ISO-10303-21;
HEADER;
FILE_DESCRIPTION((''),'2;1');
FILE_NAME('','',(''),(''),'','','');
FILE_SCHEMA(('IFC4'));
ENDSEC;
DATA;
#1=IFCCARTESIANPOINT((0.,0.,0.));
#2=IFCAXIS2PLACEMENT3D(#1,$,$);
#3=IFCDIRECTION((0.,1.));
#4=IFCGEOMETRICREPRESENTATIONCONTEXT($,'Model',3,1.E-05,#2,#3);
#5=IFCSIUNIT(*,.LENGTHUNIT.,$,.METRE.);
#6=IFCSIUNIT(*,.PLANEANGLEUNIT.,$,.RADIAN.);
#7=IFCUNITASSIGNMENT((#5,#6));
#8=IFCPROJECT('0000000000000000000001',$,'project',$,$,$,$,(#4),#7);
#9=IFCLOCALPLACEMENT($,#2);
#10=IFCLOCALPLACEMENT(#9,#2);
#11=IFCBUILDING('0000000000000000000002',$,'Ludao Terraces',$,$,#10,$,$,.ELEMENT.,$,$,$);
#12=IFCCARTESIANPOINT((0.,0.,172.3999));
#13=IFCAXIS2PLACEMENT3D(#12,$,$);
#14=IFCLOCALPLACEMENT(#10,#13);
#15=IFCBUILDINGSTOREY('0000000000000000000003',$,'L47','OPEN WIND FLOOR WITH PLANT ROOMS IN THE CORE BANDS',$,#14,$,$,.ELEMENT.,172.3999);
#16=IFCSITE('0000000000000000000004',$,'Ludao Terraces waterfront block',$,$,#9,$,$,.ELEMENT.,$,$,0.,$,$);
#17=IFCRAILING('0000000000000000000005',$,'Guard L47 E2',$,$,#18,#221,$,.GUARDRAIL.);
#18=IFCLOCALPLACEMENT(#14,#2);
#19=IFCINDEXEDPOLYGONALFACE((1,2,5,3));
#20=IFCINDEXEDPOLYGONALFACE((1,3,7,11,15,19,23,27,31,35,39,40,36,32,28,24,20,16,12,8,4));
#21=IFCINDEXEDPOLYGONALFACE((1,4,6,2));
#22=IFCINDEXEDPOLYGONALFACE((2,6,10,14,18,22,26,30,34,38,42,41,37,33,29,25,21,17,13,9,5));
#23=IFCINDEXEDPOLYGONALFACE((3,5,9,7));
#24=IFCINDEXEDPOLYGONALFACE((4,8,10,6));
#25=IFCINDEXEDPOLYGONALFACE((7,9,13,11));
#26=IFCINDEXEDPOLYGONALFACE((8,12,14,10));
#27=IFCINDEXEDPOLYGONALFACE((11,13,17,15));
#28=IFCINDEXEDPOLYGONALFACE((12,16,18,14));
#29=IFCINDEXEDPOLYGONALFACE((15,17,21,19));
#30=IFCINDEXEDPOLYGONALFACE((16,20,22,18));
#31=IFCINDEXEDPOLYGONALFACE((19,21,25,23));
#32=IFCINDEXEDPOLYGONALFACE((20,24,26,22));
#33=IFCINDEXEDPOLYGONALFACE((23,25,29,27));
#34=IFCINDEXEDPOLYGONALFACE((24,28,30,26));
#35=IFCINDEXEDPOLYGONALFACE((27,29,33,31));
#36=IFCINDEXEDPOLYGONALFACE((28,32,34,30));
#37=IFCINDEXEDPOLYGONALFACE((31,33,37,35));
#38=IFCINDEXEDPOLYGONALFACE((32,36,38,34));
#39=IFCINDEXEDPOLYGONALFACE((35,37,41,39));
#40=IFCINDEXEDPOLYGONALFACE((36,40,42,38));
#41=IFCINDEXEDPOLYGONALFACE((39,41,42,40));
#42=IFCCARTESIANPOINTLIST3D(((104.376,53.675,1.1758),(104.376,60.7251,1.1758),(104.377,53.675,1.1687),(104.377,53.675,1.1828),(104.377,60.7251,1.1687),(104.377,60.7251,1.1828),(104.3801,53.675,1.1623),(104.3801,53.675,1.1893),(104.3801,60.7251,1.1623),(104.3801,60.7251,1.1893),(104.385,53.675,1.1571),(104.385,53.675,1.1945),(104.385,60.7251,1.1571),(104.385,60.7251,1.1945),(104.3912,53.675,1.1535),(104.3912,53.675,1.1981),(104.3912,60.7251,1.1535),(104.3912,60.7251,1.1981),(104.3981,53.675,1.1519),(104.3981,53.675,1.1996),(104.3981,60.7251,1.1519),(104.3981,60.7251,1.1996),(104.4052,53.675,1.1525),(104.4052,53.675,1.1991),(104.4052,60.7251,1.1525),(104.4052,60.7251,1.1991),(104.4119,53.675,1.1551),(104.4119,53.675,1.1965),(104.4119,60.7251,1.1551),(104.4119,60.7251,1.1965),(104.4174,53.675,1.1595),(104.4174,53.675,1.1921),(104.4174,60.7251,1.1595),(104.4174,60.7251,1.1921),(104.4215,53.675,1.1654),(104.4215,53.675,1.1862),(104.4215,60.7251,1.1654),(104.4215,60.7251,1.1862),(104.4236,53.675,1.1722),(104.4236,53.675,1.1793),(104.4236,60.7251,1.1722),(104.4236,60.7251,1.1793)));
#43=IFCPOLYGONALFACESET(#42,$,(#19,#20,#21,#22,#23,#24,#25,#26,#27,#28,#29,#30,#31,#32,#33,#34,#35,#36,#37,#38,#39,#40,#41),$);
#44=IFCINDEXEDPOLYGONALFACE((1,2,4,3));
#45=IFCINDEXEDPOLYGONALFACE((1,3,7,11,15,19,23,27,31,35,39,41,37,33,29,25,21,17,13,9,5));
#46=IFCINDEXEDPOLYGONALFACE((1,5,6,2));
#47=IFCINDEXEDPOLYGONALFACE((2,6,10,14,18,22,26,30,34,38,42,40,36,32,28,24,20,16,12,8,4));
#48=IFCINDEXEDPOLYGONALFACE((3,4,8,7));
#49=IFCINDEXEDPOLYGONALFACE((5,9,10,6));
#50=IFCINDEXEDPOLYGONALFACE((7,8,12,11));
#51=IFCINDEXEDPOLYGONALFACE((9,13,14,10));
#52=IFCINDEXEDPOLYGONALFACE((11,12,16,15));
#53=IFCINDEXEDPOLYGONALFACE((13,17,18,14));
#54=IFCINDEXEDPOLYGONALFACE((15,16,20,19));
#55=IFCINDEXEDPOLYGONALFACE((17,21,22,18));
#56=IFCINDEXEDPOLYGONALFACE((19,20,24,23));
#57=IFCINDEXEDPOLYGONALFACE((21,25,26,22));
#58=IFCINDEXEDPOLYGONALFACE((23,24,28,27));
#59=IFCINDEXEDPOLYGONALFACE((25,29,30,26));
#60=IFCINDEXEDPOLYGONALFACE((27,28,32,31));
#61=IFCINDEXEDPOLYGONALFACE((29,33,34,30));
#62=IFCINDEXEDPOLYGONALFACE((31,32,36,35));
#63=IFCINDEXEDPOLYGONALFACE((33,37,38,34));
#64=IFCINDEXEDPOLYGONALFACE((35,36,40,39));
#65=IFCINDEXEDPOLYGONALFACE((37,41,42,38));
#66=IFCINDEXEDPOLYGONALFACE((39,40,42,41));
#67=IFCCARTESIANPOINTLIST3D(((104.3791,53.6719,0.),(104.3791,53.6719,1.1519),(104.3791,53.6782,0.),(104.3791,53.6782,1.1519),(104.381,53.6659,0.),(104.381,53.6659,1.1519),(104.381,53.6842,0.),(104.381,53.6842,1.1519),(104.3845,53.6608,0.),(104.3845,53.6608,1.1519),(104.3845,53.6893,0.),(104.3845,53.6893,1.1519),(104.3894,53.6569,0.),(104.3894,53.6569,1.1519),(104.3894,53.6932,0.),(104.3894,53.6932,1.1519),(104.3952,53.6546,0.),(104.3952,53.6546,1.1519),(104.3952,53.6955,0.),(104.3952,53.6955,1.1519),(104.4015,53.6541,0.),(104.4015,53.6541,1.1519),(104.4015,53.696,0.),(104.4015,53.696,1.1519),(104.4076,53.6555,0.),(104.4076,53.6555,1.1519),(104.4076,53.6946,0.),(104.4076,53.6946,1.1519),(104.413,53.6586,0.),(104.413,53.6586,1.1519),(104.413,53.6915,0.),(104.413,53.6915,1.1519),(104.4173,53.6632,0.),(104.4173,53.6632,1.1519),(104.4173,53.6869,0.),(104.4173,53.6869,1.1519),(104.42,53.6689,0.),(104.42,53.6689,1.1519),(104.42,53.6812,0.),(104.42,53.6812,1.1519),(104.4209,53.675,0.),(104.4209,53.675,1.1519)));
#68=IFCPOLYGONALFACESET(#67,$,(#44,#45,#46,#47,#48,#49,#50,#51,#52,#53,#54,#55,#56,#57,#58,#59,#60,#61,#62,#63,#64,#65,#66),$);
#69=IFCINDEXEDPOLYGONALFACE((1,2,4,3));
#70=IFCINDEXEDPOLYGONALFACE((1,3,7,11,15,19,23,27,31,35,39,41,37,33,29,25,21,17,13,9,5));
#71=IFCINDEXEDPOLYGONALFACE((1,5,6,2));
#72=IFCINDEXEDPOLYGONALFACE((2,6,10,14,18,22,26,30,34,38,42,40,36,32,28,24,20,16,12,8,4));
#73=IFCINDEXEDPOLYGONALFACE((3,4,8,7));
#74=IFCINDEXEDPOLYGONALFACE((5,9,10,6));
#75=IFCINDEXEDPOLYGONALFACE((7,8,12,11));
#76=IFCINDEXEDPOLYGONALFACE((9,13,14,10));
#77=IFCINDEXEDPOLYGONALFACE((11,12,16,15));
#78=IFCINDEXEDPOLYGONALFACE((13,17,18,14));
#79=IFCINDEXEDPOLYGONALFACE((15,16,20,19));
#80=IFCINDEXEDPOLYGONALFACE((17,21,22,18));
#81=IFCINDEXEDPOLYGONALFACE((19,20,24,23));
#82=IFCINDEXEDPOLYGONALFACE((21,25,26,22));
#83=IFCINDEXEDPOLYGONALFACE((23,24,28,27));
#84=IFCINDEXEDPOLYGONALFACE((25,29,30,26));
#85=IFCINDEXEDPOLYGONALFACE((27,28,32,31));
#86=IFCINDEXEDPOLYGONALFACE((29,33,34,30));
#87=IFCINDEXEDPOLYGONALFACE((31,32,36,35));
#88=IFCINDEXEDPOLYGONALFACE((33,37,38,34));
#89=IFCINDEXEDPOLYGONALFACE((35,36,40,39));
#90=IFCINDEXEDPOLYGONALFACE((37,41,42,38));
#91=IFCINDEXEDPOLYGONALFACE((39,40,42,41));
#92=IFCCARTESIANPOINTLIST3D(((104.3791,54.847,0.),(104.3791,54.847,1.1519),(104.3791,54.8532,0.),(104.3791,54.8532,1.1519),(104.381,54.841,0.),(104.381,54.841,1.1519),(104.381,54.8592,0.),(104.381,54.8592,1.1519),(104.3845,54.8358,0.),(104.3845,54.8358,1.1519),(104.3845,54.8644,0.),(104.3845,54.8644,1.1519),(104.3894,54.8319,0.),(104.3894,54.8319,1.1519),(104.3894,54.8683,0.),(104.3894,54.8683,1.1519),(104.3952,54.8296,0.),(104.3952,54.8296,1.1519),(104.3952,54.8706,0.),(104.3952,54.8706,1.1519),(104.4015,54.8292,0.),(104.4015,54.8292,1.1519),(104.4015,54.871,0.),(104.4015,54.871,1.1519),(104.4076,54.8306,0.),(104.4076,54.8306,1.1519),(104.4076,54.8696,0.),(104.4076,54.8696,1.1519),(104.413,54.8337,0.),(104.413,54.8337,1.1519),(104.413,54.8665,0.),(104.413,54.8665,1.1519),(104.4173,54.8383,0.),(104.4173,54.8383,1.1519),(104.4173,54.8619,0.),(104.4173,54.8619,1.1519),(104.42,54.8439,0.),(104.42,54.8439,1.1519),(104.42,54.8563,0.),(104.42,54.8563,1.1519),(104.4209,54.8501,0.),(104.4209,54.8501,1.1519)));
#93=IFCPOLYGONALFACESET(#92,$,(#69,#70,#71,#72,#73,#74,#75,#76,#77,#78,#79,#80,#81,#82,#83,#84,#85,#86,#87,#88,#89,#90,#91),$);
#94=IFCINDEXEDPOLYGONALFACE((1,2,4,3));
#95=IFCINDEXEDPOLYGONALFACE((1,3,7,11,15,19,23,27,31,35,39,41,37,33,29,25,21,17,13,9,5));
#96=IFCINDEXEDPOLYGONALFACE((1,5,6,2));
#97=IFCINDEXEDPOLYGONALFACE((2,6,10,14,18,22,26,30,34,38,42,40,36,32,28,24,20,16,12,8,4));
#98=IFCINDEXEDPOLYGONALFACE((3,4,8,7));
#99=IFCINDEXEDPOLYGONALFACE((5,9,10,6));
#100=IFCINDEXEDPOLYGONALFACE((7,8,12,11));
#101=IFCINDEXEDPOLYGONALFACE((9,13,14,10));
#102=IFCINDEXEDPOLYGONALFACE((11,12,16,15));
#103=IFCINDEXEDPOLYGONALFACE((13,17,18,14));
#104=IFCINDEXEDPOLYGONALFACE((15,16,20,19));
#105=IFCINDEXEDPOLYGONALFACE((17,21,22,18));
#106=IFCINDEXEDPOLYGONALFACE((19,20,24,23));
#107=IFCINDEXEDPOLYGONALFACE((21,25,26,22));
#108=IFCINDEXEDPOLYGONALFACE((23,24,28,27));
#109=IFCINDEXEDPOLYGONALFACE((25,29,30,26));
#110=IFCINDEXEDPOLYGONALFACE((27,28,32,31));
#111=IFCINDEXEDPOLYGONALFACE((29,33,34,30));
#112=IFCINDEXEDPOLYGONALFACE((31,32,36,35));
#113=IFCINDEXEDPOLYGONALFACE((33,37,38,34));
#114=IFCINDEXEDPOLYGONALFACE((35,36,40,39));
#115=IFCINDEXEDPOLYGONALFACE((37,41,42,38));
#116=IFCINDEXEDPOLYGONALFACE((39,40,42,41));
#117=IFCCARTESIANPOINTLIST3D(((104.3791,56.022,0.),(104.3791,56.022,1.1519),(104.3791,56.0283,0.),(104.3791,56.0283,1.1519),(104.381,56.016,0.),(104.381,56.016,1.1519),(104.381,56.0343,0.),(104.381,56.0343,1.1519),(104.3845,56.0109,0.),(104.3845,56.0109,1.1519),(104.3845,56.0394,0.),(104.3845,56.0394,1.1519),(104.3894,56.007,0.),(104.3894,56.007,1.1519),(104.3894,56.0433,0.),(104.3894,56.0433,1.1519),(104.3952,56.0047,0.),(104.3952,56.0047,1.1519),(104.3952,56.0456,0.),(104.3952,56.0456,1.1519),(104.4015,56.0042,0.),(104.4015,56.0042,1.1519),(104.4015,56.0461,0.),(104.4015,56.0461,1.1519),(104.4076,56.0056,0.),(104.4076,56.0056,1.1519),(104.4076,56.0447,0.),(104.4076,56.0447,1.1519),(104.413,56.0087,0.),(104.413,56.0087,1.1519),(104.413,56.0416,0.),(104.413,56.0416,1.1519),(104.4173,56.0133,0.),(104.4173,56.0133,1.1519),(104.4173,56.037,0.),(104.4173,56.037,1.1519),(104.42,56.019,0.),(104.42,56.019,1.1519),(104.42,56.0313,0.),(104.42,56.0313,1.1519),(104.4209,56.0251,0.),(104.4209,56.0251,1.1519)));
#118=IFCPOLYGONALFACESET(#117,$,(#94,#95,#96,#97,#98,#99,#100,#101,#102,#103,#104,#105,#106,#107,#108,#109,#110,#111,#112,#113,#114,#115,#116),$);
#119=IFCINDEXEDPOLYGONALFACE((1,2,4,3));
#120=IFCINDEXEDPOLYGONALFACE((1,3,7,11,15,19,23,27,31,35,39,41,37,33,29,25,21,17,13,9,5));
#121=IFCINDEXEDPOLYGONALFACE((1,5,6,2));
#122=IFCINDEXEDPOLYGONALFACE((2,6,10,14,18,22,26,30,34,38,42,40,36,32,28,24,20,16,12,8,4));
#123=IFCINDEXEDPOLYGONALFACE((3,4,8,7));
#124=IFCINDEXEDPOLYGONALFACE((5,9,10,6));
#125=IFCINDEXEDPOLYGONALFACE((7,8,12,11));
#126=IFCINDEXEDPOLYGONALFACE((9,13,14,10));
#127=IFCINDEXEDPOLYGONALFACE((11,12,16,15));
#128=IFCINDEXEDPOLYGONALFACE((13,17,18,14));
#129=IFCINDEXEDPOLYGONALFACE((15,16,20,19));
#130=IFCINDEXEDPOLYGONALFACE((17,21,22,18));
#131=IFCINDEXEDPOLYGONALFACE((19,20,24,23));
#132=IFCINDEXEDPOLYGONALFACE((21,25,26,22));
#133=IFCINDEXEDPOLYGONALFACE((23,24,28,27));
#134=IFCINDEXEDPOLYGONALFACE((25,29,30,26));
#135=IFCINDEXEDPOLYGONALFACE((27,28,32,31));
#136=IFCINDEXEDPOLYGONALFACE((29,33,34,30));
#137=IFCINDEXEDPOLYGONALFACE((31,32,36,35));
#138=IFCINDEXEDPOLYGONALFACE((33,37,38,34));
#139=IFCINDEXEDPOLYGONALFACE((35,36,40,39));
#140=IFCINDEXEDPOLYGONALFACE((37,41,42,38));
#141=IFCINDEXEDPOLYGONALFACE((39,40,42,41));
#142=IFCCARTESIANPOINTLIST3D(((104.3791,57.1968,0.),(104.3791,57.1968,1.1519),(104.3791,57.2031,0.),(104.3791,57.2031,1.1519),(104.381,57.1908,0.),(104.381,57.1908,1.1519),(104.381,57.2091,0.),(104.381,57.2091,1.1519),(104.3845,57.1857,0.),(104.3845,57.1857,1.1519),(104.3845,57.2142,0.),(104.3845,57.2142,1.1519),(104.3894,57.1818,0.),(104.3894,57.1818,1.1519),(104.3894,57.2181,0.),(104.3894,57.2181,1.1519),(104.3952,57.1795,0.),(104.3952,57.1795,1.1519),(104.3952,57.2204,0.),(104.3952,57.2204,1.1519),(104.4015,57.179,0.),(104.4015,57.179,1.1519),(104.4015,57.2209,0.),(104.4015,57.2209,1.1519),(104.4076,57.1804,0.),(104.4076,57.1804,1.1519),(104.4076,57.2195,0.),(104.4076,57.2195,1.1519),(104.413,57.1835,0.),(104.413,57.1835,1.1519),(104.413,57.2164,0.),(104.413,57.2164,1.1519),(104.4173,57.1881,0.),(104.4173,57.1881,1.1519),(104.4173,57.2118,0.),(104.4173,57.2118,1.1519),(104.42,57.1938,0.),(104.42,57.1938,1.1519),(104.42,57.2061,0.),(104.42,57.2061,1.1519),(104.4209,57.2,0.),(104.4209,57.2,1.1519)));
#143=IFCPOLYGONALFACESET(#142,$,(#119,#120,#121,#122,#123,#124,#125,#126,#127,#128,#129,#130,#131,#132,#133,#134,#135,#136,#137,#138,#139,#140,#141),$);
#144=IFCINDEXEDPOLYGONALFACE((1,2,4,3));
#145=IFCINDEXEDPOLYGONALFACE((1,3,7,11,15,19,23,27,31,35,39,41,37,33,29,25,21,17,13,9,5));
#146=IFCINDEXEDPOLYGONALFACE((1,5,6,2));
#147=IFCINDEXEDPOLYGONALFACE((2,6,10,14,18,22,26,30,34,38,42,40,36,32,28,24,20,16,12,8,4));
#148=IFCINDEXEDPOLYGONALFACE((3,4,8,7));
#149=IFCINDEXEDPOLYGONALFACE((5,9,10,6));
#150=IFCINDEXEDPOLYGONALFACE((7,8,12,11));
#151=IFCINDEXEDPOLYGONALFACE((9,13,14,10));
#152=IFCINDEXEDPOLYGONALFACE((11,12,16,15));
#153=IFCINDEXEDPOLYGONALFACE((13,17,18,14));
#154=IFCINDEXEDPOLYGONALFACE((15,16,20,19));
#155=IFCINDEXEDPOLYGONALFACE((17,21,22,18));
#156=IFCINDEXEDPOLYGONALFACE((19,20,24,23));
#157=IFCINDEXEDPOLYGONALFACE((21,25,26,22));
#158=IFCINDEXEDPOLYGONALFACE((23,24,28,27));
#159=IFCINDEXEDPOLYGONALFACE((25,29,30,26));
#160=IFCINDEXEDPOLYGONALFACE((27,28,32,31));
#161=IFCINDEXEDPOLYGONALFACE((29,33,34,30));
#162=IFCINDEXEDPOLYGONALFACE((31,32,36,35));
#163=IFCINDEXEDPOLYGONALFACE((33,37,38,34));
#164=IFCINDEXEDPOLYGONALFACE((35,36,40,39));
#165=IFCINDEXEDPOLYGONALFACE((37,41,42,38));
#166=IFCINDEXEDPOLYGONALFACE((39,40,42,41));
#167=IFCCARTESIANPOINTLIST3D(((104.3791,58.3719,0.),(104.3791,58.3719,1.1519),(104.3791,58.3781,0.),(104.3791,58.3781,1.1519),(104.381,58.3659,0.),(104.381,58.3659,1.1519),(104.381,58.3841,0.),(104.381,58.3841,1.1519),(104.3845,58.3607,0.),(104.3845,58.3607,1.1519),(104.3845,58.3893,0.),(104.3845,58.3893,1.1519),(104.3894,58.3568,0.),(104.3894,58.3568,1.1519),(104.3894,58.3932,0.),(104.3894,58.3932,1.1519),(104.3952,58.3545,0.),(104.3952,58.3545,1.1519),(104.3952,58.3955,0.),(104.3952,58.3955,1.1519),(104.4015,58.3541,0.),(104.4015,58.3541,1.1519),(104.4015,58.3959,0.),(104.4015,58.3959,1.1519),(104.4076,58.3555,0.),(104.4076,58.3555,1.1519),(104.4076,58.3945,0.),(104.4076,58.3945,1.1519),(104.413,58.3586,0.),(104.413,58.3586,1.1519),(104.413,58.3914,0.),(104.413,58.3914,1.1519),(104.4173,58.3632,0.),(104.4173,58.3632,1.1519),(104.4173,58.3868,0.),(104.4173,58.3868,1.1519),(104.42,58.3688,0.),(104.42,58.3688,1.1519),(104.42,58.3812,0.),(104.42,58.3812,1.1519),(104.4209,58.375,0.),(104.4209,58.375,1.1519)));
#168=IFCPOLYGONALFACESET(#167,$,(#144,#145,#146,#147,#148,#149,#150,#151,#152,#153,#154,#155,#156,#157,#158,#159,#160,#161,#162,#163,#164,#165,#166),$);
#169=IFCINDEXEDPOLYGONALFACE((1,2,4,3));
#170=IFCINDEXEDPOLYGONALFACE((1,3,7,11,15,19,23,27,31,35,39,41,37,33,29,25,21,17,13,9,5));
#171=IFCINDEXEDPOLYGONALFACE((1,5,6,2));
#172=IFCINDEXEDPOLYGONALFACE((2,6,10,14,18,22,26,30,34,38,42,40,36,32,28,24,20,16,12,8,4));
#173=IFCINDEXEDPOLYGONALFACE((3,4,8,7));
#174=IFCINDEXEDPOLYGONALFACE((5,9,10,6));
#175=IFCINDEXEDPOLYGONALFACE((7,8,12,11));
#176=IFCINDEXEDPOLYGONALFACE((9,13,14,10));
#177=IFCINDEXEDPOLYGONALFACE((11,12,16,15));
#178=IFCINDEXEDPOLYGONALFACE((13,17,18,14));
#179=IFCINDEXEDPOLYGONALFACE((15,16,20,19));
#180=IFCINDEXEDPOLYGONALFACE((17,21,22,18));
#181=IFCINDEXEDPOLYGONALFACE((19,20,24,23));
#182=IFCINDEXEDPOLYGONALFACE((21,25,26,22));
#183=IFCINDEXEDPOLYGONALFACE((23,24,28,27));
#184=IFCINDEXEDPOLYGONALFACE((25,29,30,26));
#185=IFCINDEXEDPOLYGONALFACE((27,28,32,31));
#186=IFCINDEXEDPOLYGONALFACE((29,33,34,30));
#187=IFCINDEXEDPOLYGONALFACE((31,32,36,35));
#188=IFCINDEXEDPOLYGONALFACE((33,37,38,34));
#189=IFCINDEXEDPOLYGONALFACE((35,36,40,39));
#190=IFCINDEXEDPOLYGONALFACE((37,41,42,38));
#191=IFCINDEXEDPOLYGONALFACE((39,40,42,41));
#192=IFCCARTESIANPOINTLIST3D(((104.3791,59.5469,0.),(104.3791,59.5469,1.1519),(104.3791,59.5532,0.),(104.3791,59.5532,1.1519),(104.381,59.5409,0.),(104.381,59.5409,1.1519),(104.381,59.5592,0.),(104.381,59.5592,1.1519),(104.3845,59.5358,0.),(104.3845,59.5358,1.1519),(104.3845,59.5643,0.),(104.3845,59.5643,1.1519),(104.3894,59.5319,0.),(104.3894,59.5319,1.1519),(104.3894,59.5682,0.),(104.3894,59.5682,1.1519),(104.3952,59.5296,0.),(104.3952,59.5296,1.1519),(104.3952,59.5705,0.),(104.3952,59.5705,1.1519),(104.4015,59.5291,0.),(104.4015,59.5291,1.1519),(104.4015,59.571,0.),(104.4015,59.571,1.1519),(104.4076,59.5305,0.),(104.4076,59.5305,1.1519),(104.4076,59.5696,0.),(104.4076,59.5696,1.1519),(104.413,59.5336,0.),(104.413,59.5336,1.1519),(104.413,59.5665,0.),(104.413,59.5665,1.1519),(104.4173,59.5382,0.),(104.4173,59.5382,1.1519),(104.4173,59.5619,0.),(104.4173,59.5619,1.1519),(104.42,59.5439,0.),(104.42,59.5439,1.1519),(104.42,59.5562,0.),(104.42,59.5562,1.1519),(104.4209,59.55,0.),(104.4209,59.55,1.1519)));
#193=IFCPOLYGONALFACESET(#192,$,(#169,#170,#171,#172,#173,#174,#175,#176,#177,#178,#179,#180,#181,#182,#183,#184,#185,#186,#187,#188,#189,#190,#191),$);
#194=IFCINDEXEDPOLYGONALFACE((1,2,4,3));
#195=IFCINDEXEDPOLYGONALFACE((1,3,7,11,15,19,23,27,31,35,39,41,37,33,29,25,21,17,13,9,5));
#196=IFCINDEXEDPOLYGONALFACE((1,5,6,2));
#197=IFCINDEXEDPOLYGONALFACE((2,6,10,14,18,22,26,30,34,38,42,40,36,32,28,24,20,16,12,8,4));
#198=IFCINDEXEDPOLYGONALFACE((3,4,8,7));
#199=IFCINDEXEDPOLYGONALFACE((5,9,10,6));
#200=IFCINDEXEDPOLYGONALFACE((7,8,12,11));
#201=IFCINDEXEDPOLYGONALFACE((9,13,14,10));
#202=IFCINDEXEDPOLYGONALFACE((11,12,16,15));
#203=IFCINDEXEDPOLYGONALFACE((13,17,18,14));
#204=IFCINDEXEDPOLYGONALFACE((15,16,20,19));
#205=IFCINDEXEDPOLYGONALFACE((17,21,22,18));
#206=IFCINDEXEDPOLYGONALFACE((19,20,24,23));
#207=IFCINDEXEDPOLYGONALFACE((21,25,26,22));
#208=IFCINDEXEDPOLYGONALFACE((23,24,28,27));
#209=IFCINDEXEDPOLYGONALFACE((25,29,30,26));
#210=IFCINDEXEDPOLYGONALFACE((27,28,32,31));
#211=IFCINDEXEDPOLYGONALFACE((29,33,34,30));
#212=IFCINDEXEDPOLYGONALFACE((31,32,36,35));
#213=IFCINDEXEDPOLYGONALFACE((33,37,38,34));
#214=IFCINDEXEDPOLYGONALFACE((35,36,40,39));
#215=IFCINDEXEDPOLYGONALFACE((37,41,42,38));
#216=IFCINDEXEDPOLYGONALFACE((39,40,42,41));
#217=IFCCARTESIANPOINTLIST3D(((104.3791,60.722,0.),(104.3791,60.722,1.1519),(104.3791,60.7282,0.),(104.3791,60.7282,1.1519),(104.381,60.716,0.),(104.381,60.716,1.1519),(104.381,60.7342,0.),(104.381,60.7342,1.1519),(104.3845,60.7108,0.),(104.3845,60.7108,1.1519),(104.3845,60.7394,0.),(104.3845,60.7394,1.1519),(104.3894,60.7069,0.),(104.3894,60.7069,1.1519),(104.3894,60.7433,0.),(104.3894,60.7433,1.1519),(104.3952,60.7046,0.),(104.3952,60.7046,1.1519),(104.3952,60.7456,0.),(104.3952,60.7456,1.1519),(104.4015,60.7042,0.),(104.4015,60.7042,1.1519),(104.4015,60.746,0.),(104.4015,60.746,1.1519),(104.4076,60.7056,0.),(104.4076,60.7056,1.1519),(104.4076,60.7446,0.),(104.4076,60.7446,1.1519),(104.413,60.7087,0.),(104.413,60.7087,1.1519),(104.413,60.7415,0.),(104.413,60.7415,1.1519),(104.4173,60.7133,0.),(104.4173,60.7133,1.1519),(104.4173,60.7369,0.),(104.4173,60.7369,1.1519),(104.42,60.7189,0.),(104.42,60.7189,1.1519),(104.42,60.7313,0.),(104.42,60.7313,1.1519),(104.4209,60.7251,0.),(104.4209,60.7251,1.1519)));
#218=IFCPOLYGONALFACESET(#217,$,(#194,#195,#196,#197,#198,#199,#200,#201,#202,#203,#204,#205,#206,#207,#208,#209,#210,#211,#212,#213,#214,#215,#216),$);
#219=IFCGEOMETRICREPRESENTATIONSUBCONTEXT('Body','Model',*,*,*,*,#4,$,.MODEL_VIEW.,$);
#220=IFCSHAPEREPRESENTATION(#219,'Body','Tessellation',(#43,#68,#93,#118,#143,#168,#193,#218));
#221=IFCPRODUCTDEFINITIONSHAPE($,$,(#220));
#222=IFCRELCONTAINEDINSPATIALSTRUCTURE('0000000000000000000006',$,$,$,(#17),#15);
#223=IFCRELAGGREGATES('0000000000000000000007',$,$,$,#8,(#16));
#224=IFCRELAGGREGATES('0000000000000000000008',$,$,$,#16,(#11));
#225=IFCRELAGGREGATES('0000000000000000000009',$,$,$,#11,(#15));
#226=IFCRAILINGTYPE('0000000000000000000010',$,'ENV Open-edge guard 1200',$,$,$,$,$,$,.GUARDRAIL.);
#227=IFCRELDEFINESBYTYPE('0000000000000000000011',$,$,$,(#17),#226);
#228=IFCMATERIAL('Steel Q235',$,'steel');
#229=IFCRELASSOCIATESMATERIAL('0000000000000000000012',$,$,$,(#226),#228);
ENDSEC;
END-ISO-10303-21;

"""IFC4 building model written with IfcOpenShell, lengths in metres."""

from ifc_helpers import new_model, si_unit, direction, frame, origin, origin_2d, place, context, subcontext, project, spatial, circle, extrude, material, type_object, element, save


model = new_model("IFC4")

# Units and contexts
model_context = context("Model", 3, precision=1e-05, world=origin(), true_north=direction((0.0, 1.0)))
body_context = subcontext(model_context, "Body", "Model", "MODEL_VIEW")
ifc_project = project(units=[si_unit("LENGTHUNIT", "METRE"), si_unit("PLANEANGLEUNIT", "RADIAN")], contexts=[model_context])

# Site, building, storey
site_placement = place(None, origin())
site = spatial("IfcSite", under=ifc_project, at=site_placement, Name="Ludao Terraces waterfront block", CompositionType="ELEMENT", RefElevation=0.0)
building_placement = place(site_placement, origin())
building = spatial("IfcBuilding", under=site, at=building_placement, Name="Ludao Terraces", CompositionType="ELEMENT")
storey_placement = place(building_placement, frame((0.0, 0.0, 172.3999)))
storey = spatial("IfcBuildingStorey", under=building, at=storey_placement, Name="L47", Description="OPEN WIND FLOOR WITH PLANT ROOMS IN THE CORE BANDS", CompositionType="ELEMENT", Elevation=172.3999)

# Shared definitions
ifc_material_1 = material(Name="Steel Q235", Category="steel")

# Railing
railing_type_1 = type_object("IfcRailingType", Name="ENV Open-edge guard 1200", PredefinedType="GUARDRAIL", material=ifc_material_1)
railing_1_placement = place(storey_placement, frame((104.3999, 53.675, 0.0)))
element("IfcRailing", 1, at=railing_1_placement, inside=storey, type_object=railing_type_1, Name="Guard L47 E2", PredefinedType="GUARDRAIL", context=body_context, shape_type="SweptSolid", body=[
    extrude(circle(Radius=0.0239, at=origin_2d()), frame((0.0, 0.0, 1.1758), z_axis=(0.0, 1.0, 0.0), x_axis=(-1.0, 0.0, 0.0)), (0.0, 0.0, 1.0), 7.05),
    extrude(circle(Radius=0.021, at=origin_2d()), origin(), (0.0, 0.0, 1.0), 1.1519),
    extrude(circle(Radius=0.021, at=origin_2d()), frame((0.0, 1.175, 0.0)), (0.0, 0.0, 1.0), 1.1519),
    extrude(circle(Radius=0.021, at=origin_2d()), frame((0.0, 2.3501, 0.0)), (0.0, 0.0, 1.0), 1.1519),
    extrude(circle(Radius=0.021, at=origin_2d()), frame((0.0, 3.5249, 0.0)), (0.0, 0.0, 1.0), 1.1519),
    extrude(circle(Radius=0.021, at=origin_2d()), frame((0.0, 4.7, 0.0)), (0.0, 0.0, 1.0), 1.1519),
    extrude(circle(Radius=0.021, at=origin_2d()), frame((0.0, 5.875, 0.0)), (0.0, 0.0, 1.0), 1.1519),
    extrude(circle(Radius=0.021, at=origin_2d()), frame((0.0, 7.05, 0.0)), (0.0, 0.0, 1.0), 1.1519),
])

save(model, "model.ifc")
